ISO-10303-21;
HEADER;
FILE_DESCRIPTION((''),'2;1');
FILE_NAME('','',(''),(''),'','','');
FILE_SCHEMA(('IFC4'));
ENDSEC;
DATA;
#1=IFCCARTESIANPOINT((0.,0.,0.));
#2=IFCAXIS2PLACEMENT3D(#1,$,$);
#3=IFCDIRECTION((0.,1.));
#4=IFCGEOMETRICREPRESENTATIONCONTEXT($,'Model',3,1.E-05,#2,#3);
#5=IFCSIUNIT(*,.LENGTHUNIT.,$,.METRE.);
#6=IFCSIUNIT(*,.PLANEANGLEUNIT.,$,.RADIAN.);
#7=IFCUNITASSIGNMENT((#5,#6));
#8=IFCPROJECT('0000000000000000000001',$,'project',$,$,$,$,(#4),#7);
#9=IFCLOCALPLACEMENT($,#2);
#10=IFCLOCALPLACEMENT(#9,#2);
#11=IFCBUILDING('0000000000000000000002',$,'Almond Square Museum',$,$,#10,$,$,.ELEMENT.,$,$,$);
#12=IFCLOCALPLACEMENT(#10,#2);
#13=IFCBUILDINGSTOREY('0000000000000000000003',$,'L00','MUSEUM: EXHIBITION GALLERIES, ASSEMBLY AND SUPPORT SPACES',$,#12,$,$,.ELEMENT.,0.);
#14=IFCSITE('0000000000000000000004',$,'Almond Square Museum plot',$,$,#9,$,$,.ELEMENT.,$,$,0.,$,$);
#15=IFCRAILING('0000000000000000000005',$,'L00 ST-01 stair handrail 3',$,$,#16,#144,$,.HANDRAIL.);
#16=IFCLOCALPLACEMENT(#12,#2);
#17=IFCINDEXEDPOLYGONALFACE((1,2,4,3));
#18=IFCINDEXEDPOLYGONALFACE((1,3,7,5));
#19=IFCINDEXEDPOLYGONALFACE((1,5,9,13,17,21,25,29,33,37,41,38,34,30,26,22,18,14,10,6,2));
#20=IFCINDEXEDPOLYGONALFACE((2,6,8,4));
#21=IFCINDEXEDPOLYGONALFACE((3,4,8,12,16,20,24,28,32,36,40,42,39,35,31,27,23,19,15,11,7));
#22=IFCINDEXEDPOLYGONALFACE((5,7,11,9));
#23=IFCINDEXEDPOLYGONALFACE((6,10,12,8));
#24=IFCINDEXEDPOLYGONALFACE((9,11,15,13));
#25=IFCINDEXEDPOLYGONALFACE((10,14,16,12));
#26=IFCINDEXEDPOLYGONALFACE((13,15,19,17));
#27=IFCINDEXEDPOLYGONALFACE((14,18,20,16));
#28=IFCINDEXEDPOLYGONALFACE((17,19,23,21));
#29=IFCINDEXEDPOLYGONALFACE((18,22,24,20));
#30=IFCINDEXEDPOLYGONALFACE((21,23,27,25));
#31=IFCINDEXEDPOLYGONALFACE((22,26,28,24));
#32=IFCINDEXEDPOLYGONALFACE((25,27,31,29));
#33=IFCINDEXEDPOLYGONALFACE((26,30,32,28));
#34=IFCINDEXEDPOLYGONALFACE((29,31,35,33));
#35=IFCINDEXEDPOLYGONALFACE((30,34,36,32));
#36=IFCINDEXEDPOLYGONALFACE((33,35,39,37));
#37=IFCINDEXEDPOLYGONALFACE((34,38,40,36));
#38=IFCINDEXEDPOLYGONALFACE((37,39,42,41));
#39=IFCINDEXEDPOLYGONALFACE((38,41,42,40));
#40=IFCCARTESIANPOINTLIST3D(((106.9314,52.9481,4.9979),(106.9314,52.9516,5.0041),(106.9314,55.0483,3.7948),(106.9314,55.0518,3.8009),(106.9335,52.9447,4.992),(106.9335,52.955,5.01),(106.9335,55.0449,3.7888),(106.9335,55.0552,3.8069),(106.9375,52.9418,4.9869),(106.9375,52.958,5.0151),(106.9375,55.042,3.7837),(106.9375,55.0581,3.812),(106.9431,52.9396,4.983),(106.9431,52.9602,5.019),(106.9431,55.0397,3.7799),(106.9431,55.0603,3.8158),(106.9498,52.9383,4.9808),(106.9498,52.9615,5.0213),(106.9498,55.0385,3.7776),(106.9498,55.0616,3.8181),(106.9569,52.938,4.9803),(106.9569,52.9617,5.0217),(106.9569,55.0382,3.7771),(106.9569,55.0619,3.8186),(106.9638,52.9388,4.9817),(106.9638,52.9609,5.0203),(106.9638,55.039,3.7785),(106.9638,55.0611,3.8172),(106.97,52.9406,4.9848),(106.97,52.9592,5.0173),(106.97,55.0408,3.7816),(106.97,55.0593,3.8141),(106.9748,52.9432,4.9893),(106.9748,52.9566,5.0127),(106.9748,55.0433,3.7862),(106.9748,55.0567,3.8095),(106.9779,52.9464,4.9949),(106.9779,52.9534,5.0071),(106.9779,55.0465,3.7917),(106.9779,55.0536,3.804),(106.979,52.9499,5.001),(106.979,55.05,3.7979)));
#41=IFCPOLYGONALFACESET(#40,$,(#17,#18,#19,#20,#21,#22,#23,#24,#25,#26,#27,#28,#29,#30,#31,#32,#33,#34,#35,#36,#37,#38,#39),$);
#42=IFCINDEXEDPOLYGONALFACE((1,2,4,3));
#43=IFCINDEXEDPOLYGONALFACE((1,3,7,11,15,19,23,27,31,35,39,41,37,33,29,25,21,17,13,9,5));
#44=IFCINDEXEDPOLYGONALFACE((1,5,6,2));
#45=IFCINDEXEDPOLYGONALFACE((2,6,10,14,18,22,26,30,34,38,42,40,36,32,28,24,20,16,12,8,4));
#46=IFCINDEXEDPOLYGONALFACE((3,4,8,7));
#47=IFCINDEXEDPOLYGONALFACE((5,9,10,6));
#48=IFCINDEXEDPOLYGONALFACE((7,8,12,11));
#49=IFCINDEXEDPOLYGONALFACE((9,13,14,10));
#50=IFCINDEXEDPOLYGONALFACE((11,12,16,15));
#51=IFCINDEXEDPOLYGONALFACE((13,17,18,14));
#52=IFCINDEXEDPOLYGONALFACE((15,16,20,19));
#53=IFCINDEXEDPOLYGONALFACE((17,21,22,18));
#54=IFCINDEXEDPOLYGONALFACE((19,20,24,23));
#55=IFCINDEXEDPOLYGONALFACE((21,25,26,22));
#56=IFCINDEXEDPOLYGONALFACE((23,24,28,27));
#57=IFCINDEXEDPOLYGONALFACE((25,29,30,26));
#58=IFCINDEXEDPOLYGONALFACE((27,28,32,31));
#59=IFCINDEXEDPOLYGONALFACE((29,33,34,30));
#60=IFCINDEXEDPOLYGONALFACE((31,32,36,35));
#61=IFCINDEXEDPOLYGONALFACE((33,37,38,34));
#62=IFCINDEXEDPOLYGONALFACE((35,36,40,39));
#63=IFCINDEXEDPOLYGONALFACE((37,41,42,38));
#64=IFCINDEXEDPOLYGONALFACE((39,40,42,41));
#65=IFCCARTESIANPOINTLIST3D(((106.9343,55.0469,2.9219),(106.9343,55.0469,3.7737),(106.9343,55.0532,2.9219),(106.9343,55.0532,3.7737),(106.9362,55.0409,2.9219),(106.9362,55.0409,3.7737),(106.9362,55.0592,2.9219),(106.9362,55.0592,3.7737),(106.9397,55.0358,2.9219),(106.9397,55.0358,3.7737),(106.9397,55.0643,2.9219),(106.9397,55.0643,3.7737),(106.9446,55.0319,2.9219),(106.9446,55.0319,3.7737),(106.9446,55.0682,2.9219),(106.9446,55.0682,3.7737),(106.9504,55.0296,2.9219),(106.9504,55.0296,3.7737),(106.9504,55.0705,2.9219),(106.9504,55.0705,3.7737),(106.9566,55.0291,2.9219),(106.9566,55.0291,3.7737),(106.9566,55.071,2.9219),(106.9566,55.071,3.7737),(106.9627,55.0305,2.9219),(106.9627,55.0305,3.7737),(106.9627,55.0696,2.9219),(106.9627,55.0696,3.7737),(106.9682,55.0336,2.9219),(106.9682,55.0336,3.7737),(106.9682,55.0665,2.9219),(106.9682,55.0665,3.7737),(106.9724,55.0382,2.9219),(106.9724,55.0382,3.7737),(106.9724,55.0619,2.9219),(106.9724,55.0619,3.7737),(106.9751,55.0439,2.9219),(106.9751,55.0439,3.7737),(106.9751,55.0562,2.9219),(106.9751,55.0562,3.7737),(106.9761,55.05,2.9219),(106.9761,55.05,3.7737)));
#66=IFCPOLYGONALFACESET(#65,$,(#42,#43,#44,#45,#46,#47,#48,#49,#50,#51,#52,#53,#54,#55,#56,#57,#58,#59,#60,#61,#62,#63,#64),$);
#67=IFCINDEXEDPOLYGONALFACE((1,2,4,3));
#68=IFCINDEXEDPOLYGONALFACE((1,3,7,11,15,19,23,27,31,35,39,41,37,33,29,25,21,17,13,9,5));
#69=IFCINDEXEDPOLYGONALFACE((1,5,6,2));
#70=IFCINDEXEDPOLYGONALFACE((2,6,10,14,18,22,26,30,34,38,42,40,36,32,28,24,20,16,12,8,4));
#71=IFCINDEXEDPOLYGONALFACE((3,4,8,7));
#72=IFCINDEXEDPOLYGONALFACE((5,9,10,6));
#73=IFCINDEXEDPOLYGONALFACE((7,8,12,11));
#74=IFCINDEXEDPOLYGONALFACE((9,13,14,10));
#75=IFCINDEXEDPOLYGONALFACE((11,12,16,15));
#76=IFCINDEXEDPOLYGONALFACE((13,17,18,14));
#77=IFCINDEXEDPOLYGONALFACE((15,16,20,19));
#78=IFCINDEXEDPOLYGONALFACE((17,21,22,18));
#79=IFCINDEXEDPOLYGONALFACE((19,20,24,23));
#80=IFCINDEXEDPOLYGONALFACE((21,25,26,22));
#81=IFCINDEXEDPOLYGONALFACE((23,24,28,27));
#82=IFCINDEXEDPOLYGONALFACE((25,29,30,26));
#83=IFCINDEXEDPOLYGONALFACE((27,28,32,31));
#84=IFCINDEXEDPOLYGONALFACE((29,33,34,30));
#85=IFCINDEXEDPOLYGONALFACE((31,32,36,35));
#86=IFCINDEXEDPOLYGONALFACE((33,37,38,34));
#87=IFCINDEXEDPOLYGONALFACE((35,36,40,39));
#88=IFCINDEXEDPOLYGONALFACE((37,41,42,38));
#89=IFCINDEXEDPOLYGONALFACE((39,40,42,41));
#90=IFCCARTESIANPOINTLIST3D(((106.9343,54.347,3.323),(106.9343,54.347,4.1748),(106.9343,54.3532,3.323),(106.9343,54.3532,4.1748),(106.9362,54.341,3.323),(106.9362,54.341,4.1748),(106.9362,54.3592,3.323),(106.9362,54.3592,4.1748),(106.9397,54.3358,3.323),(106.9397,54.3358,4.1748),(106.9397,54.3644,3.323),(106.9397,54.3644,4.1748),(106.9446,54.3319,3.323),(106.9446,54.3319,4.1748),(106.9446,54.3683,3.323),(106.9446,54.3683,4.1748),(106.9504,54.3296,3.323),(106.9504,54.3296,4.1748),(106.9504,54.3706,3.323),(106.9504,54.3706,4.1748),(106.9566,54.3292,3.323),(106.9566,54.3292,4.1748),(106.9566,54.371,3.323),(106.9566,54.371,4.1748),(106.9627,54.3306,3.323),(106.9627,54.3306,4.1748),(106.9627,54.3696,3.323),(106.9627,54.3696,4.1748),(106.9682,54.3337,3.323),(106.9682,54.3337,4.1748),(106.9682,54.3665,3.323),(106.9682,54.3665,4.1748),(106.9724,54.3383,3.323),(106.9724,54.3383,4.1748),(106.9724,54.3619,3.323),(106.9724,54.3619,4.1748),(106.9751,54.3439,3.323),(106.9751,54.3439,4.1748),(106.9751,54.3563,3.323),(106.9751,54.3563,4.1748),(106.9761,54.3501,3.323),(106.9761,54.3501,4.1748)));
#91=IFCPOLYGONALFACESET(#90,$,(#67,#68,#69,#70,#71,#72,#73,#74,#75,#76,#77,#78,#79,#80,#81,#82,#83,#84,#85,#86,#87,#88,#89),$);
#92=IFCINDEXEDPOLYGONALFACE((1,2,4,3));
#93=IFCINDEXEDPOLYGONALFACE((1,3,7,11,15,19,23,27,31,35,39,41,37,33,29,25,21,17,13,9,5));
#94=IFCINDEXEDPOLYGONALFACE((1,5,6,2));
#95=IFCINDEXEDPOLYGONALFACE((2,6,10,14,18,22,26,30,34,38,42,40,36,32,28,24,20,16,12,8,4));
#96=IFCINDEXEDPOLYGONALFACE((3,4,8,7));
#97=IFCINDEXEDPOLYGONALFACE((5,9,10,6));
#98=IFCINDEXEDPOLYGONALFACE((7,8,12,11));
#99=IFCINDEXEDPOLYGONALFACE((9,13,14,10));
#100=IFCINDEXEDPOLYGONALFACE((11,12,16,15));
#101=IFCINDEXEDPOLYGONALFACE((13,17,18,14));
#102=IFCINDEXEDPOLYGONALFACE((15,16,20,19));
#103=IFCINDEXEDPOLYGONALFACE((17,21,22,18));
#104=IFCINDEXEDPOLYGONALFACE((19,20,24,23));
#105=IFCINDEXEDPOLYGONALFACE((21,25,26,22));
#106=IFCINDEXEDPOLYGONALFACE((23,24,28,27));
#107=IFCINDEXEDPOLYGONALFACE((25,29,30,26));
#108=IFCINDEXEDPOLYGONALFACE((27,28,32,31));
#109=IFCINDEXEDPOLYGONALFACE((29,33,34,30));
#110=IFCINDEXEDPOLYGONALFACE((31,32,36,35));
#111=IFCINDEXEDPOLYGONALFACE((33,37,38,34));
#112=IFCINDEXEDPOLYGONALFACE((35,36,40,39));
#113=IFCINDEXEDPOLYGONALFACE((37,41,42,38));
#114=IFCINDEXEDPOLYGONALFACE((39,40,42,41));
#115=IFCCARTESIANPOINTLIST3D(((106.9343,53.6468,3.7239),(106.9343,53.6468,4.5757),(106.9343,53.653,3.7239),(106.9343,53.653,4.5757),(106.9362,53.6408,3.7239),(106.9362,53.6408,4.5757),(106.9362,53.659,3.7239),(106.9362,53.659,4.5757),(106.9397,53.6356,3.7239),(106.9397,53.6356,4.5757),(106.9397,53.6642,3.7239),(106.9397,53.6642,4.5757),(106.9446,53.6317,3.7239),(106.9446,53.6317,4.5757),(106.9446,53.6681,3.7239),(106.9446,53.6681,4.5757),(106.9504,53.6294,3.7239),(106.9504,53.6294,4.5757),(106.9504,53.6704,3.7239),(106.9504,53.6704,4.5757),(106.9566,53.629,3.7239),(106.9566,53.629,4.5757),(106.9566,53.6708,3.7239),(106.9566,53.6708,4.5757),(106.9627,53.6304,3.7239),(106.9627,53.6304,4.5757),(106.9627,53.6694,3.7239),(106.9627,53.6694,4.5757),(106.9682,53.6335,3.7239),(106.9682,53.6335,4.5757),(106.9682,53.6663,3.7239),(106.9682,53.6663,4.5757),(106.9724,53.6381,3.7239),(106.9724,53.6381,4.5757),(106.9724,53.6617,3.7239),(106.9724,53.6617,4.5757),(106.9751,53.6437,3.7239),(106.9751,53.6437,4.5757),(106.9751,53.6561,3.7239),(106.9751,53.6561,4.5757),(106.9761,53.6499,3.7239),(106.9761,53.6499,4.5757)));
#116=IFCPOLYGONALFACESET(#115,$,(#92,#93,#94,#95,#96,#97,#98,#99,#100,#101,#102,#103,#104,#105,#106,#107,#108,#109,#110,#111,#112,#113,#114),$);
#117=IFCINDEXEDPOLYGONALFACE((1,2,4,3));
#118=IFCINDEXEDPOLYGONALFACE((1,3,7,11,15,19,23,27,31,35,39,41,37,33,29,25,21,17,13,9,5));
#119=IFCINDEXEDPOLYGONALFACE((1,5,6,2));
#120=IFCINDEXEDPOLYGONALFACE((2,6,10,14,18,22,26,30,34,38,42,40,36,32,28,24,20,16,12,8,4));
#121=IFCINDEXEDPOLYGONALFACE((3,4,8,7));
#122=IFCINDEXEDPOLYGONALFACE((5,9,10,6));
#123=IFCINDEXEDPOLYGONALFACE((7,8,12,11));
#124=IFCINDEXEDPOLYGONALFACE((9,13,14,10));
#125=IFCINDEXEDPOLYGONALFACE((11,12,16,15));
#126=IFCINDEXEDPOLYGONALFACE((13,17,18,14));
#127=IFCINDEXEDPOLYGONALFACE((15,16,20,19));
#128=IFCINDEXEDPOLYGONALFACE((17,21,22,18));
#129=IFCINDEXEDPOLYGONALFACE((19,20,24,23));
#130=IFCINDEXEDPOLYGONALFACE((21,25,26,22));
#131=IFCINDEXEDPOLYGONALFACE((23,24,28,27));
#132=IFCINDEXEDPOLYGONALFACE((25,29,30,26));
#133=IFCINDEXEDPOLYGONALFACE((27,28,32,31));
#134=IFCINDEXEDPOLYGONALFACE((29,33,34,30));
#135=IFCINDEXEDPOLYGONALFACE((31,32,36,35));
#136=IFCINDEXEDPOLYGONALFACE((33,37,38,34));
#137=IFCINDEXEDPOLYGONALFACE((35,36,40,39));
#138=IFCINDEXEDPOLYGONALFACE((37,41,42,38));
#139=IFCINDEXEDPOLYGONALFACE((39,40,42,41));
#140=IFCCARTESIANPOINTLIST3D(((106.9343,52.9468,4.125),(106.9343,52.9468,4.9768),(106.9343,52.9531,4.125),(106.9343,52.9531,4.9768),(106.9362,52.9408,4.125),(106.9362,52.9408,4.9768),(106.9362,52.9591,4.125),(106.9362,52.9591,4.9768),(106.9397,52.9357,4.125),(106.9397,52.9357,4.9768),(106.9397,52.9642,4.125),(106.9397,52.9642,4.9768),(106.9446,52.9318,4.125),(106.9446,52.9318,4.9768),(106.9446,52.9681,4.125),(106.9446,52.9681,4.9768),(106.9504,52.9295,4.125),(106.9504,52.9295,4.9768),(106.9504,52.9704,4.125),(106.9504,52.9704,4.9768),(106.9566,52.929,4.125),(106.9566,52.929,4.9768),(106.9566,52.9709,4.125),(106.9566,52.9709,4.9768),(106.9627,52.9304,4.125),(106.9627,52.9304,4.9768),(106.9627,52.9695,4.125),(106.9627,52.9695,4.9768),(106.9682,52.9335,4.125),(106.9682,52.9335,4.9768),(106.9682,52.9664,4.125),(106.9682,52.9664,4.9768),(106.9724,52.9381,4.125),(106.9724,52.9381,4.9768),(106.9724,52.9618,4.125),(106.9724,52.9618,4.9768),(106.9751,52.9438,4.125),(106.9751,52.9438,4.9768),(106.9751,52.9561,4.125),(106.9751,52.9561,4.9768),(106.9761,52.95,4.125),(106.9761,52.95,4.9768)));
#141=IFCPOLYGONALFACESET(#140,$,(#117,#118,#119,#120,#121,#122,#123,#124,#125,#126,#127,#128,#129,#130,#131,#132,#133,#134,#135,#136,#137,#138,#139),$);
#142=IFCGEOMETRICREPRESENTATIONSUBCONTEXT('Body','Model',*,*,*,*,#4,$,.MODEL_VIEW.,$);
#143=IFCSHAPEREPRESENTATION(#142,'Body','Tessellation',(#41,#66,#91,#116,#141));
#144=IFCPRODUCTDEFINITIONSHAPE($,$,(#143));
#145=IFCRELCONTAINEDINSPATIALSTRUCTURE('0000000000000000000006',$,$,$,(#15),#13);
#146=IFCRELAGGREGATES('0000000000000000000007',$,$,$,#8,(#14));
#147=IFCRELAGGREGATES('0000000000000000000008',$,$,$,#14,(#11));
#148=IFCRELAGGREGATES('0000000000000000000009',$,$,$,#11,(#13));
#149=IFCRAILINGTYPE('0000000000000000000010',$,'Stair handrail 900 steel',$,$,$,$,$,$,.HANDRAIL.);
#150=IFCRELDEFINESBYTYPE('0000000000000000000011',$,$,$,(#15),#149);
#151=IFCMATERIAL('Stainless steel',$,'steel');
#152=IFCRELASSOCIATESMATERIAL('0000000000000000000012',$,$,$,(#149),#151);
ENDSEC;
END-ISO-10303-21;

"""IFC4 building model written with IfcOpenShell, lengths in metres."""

from ifc_helpers import new_model, si_unit, direction, frame, origin, origin_2d, place, context, subcontext, project, spatial, circle, extrude, material, type_object, element, save


model = new_model("IFC4")

# Units and contexts
model_context = context("Model", 3, precision=1e-05, world=origin(), true_north=direction((0.0, 1.0)))
body_context = subcontext(model_context, "Body", "Model", "MODEL_VIEW")
ifc_project = project(units=[si_unit("LENGTHUNIT", "METRE"), si_unit("PLANEANGLEUNIT", "RADIAN")], contexts=[model_context])

# Site, building, storey
site_placement = place(None, origin())
site = spatial("IfcSite", under=ifc_project, at=site_placement, Name="Almond Square Museum plot", CompositionType="ELEMENT", RefElevation=0.0)
building_placement = place(site_placement, origin())
building = spatial("IfcBuilding", under=site, at=building_placement, Name="Almond Square Museum", CompositionType="ELEMENT")
storey_placement = place(building_placement, origin())
storey = spatial("IfcBuildingStorey", under=building, at=storey_placement, Name="L00", Description="MUSEUM: EXHIBITION GALLERIES, ASSEMBLY AND SUPPORT SPACES", CompositionType="ELEMENT", Elevation=0.0)

# Railing
ifc_material_1 = material(Name="Stainless steel", Category="steel")
railing_type_1 = type_object("IfcRailingType", Name="Stair handrail 900 steel", PredefinedType="HANDRAIL", material=ifc_material_1)
railing_1_placement = place(storey_placement, frame((106.9551, 55.05, 2.9219)))
element("IfcRailing", 1, at=railing_1_placement, inside=storey, type_object=railing_type_1, Name="L00 ST-01 stair handrail 3", PredefinedType="HANDRAIL", context=body_context, shape_type="SweptSolid", body=[
    extrude(circle(Radius=0.0239, at=origin_2d()), frame((0.0, 0.0, 0.876), z_axis=(0.0, -0.867696, 0.497095), x_axis=(1.0, 0.0, 0.0)), (0.0, 0.0, 1.0), 2.4204),
    extrude(circle(Radius=0.021, at=origin_2d()), origin(), (0.0, 0.0, 1.0), 0.8518),
    extrude(circle(Radius=0.021, at=origin_2d()), frame((0.0, -0.7, 0.4011)), (0.0, 0.0, 1.0), 0.8518),
    extrude(circle(Radius=0.021, at=origin_2d()), frame((0.0, -1.4001, 0.802)), (0.0, 0.0, 1.0), 0.8518),
    extrude(circle(Radius=0.021, at=origin_2d()), frame((0.0, -2.1001, 1.2031)), (0.0, 0.0, 1.0), 0.8518),
])

save(model, "model.ifc")
